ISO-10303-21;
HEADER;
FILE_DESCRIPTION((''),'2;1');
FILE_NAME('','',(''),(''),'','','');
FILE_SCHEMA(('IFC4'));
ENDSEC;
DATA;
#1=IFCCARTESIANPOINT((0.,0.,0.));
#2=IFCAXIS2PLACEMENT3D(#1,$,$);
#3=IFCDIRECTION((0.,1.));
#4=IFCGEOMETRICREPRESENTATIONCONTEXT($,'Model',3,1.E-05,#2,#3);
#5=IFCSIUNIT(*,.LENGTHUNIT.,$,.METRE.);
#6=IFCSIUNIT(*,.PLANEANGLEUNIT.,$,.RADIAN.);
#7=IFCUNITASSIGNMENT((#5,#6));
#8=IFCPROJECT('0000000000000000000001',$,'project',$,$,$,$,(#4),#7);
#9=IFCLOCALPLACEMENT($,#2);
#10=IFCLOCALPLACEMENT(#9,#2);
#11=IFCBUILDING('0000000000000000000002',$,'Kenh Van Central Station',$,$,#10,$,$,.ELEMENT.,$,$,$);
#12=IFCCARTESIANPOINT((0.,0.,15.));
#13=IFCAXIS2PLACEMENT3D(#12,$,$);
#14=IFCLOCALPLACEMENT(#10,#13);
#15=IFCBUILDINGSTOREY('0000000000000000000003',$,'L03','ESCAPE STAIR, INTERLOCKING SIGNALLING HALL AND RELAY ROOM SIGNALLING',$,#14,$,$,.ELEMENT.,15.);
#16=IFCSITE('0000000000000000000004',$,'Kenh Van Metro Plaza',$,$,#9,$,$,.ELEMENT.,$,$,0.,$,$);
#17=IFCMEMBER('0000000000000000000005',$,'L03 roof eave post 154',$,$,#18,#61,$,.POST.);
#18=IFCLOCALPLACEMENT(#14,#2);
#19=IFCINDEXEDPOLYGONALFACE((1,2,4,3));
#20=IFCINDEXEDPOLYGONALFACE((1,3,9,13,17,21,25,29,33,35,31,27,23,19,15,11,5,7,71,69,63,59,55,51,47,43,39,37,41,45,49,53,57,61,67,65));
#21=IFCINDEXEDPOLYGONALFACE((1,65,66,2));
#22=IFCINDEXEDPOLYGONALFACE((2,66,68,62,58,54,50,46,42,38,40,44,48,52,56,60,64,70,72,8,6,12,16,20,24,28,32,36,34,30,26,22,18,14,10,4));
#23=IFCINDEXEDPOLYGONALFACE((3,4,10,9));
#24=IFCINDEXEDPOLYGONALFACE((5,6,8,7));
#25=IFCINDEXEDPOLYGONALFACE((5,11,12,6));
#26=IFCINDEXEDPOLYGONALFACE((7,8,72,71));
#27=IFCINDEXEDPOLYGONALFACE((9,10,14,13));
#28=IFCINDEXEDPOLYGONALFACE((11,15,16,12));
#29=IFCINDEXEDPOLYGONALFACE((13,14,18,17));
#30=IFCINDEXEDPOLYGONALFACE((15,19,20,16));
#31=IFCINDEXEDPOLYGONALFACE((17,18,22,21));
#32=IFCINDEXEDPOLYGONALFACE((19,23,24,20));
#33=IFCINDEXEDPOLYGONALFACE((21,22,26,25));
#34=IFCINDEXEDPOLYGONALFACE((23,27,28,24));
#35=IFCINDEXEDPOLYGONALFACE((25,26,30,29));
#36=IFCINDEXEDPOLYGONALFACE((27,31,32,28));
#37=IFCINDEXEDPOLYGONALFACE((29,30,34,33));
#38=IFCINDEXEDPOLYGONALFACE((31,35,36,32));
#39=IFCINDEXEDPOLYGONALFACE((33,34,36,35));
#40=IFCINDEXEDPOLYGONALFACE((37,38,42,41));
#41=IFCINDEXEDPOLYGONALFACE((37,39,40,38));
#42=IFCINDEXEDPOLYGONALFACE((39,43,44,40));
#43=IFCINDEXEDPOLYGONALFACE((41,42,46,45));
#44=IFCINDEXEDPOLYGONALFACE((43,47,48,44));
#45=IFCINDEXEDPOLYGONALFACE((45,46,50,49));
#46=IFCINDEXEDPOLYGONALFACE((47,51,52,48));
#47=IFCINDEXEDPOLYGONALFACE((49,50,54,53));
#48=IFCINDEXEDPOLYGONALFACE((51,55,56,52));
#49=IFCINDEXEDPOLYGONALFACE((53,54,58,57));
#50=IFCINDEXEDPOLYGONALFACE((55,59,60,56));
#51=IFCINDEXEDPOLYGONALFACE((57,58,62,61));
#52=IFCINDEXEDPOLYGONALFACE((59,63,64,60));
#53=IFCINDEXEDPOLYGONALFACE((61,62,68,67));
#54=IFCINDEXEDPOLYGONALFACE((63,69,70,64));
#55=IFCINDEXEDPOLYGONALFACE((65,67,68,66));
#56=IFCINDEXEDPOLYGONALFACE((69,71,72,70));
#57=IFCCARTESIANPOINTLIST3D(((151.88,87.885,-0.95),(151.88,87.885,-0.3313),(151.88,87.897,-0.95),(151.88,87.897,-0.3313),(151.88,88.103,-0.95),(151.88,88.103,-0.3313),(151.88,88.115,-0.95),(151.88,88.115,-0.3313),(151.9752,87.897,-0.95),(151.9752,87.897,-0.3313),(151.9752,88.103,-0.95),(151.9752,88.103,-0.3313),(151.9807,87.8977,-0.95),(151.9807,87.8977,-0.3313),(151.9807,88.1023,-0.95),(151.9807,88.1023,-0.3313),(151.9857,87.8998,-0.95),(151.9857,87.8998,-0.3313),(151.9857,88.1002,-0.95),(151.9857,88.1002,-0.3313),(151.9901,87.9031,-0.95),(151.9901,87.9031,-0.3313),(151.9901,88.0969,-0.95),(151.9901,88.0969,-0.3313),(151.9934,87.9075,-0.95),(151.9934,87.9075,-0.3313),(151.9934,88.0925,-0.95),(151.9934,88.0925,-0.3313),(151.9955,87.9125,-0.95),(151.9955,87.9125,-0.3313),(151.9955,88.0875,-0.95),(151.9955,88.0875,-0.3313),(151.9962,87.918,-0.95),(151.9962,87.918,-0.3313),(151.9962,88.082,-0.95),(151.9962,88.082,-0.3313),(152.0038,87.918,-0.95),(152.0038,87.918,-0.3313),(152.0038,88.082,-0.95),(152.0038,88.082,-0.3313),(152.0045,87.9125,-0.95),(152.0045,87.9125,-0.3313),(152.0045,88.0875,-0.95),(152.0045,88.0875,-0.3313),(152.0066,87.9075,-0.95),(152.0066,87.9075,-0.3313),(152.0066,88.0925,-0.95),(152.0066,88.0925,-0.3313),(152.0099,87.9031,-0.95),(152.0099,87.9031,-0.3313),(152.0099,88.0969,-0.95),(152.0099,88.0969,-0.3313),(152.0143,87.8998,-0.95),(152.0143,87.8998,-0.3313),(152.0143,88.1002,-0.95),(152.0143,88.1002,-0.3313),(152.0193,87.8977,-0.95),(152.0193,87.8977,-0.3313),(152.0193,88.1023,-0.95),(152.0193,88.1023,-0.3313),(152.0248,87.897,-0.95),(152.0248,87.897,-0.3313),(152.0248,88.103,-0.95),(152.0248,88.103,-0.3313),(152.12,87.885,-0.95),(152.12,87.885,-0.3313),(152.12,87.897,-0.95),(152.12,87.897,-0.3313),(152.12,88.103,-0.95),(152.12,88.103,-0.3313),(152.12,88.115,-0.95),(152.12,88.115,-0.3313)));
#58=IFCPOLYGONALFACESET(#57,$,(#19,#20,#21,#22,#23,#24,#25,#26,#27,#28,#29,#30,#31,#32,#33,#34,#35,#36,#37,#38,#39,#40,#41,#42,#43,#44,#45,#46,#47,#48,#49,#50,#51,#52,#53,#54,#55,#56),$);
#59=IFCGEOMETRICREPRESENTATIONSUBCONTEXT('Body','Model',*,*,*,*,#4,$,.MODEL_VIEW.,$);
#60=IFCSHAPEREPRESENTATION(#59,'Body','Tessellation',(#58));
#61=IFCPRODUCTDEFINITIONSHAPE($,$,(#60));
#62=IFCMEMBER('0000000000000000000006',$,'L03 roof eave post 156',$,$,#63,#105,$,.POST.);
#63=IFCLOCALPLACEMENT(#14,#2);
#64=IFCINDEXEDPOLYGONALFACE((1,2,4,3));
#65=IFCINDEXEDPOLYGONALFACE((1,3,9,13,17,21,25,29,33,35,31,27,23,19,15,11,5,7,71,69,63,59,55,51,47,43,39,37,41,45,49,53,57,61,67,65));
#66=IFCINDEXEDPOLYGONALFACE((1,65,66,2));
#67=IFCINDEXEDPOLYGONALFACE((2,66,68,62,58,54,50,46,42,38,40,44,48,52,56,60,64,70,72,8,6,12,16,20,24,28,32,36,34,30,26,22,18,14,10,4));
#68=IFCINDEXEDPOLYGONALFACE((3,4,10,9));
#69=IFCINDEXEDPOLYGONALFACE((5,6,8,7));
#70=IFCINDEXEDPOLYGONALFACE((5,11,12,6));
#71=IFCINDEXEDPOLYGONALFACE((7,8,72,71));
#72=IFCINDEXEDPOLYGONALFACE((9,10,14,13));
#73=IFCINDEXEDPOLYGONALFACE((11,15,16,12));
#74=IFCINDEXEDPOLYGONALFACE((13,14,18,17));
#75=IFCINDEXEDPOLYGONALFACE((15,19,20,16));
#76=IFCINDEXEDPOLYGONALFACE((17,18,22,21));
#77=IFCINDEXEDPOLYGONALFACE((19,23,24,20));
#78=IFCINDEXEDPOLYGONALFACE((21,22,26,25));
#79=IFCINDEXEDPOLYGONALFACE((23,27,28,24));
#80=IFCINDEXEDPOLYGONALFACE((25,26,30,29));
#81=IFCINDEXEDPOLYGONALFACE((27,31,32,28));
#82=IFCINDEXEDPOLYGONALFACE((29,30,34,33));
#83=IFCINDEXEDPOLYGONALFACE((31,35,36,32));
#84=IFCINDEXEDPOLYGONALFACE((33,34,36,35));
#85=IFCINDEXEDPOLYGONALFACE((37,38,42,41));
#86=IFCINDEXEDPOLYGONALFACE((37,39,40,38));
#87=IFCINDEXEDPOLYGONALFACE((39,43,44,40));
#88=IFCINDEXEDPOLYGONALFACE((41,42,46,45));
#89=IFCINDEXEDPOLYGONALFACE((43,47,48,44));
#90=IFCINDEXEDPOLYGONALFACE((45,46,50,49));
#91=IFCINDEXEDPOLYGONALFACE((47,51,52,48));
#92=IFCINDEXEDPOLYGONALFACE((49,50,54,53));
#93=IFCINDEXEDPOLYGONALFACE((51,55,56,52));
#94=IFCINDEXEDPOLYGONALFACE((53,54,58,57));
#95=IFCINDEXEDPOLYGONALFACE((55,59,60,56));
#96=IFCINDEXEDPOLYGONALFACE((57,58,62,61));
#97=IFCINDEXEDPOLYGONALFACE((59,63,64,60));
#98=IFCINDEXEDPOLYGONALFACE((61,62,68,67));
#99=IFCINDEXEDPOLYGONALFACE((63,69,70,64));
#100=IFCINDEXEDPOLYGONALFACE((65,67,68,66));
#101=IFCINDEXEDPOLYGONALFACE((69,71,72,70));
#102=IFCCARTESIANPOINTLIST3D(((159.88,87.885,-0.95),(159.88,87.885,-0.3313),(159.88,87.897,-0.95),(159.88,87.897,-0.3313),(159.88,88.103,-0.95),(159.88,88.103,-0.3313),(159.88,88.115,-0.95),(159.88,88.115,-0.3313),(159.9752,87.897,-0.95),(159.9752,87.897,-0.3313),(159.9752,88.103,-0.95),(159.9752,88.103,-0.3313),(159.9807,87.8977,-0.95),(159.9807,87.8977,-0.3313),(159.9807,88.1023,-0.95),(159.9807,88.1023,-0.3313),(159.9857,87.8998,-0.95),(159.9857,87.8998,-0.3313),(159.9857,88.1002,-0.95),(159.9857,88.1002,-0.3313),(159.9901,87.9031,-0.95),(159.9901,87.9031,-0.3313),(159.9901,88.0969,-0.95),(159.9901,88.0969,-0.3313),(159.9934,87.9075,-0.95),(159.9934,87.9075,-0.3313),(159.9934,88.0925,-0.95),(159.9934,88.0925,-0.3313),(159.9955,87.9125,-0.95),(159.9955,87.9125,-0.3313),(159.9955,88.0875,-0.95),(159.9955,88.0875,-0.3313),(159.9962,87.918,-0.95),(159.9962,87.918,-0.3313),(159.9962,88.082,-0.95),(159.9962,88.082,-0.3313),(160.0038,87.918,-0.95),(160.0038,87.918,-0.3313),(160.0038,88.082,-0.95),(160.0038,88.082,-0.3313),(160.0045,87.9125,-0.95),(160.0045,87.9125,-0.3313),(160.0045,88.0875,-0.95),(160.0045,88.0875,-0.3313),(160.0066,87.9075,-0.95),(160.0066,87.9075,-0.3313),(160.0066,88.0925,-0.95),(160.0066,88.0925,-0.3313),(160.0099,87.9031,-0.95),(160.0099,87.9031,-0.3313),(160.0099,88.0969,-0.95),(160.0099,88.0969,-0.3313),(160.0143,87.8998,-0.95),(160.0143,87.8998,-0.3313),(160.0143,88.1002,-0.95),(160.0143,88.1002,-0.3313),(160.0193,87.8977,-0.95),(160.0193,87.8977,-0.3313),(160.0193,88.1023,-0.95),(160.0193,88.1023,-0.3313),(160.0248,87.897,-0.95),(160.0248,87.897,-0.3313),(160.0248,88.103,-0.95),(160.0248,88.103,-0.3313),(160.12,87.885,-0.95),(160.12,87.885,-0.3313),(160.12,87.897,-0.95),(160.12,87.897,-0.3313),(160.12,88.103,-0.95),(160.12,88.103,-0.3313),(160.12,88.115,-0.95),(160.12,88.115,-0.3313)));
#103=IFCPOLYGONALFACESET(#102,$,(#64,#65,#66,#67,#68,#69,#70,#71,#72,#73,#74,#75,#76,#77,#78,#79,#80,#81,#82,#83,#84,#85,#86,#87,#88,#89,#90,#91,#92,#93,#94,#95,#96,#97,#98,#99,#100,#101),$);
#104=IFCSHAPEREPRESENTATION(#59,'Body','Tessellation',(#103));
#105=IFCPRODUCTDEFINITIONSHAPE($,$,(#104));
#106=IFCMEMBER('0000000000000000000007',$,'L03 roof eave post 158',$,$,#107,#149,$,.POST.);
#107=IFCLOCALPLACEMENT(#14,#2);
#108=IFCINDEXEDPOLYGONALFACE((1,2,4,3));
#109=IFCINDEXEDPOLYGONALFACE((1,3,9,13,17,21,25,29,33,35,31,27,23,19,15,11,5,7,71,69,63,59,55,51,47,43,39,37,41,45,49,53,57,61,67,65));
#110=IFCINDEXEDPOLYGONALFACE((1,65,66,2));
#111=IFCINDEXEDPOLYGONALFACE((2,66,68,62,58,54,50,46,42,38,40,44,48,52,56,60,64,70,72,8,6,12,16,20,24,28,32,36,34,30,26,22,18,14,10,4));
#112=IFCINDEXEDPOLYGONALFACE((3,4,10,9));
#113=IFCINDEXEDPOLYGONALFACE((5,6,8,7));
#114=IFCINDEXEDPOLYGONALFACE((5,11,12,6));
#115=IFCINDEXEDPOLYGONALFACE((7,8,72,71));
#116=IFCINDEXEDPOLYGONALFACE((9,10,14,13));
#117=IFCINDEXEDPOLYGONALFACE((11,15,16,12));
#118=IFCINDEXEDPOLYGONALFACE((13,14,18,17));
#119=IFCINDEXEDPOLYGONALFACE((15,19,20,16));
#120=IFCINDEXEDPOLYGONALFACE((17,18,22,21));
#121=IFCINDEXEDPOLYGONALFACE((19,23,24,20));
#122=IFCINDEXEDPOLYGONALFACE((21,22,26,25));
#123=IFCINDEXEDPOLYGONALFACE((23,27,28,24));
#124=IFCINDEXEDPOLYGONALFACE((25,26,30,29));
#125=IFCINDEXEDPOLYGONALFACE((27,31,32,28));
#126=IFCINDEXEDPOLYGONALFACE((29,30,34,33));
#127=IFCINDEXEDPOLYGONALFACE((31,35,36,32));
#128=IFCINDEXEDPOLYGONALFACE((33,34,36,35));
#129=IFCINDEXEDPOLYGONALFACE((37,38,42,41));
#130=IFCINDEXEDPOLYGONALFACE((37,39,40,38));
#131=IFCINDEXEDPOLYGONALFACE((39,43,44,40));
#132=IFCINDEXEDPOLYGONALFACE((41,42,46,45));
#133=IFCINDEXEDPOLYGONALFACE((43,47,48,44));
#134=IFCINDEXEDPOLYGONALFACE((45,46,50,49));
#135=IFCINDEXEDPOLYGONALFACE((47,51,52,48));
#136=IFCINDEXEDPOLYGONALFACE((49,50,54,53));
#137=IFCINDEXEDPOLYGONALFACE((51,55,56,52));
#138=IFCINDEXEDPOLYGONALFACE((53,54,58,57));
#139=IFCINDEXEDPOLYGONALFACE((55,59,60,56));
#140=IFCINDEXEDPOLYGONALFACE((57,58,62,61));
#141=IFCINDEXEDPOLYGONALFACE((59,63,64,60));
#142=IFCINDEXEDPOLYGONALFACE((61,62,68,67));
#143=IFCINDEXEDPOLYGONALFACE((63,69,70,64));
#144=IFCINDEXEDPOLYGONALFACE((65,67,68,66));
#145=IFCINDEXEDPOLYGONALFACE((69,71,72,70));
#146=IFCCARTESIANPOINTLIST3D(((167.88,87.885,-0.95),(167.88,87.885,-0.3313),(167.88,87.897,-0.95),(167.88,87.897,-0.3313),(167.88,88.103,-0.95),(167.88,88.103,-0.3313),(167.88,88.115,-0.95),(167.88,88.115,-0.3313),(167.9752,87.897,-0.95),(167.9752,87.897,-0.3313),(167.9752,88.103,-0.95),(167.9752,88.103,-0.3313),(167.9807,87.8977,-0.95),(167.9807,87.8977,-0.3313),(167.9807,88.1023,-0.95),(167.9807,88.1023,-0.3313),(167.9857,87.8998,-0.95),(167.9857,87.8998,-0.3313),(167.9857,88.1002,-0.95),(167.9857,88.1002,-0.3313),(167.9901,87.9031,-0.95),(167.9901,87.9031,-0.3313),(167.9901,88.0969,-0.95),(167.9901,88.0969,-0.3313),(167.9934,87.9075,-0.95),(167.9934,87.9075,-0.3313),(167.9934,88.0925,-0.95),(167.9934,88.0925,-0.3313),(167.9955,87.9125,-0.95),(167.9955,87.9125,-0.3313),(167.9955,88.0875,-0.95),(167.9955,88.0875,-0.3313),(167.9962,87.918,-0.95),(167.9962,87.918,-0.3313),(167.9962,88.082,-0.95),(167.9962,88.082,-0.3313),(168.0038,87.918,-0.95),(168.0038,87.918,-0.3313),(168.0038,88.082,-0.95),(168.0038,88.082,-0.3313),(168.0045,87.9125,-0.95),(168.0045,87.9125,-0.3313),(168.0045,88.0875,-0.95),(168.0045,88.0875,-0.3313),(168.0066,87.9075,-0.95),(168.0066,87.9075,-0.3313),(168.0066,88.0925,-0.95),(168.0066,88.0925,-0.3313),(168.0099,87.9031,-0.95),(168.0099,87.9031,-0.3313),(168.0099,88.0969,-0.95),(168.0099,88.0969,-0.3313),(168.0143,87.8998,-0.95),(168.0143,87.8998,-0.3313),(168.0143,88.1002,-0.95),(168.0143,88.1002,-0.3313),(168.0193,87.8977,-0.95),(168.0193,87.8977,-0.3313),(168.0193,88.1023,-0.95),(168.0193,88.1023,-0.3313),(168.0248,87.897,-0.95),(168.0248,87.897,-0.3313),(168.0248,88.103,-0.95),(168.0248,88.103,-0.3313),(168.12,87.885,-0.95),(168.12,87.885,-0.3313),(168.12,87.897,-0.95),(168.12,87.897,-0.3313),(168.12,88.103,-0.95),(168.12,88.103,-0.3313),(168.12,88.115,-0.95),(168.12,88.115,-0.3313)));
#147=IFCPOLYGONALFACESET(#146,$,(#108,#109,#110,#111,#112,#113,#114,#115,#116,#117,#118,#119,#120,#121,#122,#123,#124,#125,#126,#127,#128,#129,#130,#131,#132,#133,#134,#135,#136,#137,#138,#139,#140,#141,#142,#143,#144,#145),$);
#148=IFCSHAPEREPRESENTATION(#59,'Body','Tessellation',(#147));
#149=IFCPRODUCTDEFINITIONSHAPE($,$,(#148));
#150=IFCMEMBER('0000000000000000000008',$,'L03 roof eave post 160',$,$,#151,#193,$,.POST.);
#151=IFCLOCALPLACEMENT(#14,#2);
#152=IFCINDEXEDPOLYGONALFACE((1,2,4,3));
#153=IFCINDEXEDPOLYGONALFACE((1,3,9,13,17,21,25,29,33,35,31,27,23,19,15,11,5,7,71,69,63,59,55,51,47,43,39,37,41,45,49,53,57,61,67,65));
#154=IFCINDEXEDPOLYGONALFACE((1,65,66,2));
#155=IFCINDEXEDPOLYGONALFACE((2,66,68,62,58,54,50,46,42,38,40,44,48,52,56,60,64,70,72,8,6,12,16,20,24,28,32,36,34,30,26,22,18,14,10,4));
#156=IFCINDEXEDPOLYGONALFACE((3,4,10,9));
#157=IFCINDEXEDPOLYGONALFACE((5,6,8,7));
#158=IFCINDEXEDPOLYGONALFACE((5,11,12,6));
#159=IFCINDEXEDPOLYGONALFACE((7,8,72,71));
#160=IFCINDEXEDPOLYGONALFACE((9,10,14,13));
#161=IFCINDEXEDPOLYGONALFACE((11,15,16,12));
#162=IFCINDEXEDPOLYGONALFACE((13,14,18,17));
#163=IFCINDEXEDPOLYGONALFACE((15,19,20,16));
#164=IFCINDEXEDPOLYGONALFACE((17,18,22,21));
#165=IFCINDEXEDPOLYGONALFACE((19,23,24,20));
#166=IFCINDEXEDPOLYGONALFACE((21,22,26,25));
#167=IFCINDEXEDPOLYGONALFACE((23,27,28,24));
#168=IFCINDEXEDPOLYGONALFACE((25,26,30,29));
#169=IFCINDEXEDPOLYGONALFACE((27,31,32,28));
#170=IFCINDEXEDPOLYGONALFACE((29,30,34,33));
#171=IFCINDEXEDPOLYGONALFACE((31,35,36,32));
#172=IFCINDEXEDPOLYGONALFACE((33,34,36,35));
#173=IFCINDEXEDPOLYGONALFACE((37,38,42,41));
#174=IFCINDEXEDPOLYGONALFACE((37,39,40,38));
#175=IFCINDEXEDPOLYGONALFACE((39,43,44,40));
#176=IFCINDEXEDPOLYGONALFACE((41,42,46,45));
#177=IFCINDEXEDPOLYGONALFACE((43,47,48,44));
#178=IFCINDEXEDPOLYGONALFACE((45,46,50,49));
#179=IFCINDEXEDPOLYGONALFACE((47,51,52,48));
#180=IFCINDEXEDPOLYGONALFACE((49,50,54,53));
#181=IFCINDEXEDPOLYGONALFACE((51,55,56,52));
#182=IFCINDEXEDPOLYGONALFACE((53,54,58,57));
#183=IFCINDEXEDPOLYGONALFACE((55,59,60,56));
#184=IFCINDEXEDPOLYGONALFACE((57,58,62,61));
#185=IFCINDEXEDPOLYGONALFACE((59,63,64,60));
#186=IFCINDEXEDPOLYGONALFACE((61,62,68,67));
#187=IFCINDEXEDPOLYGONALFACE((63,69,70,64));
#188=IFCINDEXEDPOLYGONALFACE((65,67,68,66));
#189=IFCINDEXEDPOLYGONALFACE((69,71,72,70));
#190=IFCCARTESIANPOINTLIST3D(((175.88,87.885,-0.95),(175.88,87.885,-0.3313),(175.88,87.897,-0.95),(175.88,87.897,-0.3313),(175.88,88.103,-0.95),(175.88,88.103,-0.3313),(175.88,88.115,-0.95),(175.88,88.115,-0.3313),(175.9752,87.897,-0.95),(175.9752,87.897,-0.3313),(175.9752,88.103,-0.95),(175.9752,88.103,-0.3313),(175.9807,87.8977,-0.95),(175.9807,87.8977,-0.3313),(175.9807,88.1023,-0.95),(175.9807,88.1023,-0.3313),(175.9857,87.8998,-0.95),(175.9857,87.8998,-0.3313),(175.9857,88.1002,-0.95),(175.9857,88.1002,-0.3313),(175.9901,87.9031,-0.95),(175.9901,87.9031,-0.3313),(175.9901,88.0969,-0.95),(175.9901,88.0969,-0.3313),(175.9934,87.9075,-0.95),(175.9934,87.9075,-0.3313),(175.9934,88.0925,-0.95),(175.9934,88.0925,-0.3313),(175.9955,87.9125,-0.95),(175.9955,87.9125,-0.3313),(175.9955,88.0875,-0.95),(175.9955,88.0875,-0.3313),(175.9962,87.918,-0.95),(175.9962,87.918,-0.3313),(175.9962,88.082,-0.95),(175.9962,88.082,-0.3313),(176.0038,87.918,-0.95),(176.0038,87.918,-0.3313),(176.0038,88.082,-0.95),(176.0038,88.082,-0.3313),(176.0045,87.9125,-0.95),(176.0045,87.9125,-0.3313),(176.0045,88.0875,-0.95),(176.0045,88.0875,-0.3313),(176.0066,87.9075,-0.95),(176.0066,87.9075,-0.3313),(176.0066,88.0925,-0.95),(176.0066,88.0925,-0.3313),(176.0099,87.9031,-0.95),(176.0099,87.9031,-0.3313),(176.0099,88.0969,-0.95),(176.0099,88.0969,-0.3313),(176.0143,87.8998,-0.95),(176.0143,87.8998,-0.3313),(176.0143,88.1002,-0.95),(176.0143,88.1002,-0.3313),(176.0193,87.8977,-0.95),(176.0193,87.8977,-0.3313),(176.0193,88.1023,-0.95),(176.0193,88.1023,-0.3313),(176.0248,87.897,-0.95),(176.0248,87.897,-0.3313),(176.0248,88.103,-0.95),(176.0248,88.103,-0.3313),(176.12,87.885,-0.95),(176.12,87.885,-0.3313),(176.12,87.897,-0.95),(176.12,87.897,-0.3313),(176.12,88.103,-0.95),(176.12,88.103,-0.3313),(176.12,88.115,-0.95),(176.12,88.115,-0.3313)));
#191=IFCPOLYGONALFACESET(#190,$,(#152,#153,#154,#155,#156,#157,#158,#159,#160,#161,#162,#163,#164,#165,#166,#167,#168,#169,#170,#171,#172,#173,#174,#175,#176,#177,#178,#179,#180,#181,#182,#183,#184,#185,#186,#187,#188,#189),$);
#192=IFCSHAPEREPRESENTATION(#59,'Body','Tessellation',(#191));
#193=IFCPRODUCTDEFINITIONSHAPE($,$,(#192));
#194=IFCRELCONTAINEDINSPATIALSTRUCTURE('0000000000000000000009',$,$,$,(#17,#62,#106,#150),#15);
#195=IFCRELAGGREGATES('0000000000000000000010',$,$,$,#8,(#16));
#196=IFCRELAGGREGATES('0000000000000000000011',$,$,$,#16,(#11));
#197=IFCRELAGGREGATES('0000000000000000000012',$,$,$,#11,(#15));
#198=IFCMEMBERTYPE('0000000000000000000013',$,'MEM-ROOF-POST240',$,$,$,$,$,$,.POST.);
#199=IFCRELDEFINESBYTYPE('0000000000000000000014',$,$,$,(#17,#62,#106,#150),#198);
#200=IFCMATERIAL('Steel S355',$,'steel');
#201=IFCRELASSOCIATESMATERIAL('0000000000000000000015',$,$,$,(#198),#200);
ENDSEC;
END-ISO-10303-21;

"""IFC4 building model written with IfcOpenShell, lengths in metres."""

from ifc_helpers import new_model, si_unit, direction, frame, origin, origin_2d, place, context, subcontext, project, spatial, i_section, extrude, material, material_profile, profile_set, type_object, element, save


model = new_model("IFC4")

# Units and contexts
model_context = context("Model", 3, precision=1e-05, world=origin(), true_north=direction((0.0, 1.0)))
body_context = subcontext(model_context, "Body", "Model", "MODEL_VIEW")
ifc_project = project(units=[si_unit("LENGTHUNIT", "METRE"), si_unit("PLANEANGLEUNIT", "RADIAN")], contexts=[model_context])

# Site, building, storey
site_placement = place(None, origin())
site = spatial("IfcSite", under=ifc_project, at=site_placement, Name="Kenh Van Metro Plaza", CompositionType="ELEMENT", RefElevation=0.0)
building_placement = place(site_placement, origin())
building = spatial("IfcBuilding", under=site, at=building_placement, Name="Kenh Van Central Station", CompositionType="ELEMENT")
storey_placement = place(building_placement, frame((0.0, 0.0, 15.0)))
storey = spatial("IfcBuildingStorey", under=building, at=storey_placement, Name="L03", Description="ESCAPE STAIR, INTERLOCKING SIGNALLING HALL AND RELAY ROOM SIGNALLING", CompositionType="ELEMENT", Elevation=15.0)

# Shared definitions
ifc_material_1 = material(Name="Steel S355", Category="steel")

# Members
ifc_material_profile_1 = material_profile(ifc_material_1, i_section(OverallWidth=0.24, OverallDepth=0.23, WebThickness=0.0076, FlangeThickness=0.012, FilletRadius=0.021, at=origin_2d()), Name="HEA 240")
ifc_profile_set_1 = profile_set([ifc_material_profile_1], Name="Steel S355")
member_type_1 = type_object("IfcMemberType", Name="MEM-ROOF-POST240", PredefinedType="POST", material=ifc_profile_set_1)
for number, where, z_axis, x_axis, name in (
    (1, (152.0, 88.0, -0.95), (0.0, 0.0, 1.0), (1.0, 0.0, 0.0), "L03 roof eave post 154"),
    (2, (160.0, 88.0, -0.95), (0.0, 0.0, 1.0), (1.0, 0.0, 0.0), "L03 roof eave post 156"),
    (3, (168.0, 88.0, -0.95), (0.0, 0.0, 1.0), (1.0, 0.0, 0.0), "L03 roof eave post 158"),
    (4, (176.0, 88.0, -0.95), (0.0, 0.0, 1.0), (1.0, 0.0, 0.0), "L03 roof eave post 160"),
):
    element("IfcMember", number, at=place(storey_placement, frame(where, z_axis=z_axis, x_axis=x_axis)), inside=storey, type_object=member_type_1, Name=name, PredefinedType="POST", context=body_context, shape_type="SweptSolid", body=[
        extrude(i_section(OverallWidth=0.24, OverallDepth=0.23, WebThickness=0.0076, FlangeThickness=0.012, FilletRadius=0.021, at=origin_2d()), origin(), (0.0, 0.0, 1.0), 0.6187),
    ])

save(model, "model.ifc")
